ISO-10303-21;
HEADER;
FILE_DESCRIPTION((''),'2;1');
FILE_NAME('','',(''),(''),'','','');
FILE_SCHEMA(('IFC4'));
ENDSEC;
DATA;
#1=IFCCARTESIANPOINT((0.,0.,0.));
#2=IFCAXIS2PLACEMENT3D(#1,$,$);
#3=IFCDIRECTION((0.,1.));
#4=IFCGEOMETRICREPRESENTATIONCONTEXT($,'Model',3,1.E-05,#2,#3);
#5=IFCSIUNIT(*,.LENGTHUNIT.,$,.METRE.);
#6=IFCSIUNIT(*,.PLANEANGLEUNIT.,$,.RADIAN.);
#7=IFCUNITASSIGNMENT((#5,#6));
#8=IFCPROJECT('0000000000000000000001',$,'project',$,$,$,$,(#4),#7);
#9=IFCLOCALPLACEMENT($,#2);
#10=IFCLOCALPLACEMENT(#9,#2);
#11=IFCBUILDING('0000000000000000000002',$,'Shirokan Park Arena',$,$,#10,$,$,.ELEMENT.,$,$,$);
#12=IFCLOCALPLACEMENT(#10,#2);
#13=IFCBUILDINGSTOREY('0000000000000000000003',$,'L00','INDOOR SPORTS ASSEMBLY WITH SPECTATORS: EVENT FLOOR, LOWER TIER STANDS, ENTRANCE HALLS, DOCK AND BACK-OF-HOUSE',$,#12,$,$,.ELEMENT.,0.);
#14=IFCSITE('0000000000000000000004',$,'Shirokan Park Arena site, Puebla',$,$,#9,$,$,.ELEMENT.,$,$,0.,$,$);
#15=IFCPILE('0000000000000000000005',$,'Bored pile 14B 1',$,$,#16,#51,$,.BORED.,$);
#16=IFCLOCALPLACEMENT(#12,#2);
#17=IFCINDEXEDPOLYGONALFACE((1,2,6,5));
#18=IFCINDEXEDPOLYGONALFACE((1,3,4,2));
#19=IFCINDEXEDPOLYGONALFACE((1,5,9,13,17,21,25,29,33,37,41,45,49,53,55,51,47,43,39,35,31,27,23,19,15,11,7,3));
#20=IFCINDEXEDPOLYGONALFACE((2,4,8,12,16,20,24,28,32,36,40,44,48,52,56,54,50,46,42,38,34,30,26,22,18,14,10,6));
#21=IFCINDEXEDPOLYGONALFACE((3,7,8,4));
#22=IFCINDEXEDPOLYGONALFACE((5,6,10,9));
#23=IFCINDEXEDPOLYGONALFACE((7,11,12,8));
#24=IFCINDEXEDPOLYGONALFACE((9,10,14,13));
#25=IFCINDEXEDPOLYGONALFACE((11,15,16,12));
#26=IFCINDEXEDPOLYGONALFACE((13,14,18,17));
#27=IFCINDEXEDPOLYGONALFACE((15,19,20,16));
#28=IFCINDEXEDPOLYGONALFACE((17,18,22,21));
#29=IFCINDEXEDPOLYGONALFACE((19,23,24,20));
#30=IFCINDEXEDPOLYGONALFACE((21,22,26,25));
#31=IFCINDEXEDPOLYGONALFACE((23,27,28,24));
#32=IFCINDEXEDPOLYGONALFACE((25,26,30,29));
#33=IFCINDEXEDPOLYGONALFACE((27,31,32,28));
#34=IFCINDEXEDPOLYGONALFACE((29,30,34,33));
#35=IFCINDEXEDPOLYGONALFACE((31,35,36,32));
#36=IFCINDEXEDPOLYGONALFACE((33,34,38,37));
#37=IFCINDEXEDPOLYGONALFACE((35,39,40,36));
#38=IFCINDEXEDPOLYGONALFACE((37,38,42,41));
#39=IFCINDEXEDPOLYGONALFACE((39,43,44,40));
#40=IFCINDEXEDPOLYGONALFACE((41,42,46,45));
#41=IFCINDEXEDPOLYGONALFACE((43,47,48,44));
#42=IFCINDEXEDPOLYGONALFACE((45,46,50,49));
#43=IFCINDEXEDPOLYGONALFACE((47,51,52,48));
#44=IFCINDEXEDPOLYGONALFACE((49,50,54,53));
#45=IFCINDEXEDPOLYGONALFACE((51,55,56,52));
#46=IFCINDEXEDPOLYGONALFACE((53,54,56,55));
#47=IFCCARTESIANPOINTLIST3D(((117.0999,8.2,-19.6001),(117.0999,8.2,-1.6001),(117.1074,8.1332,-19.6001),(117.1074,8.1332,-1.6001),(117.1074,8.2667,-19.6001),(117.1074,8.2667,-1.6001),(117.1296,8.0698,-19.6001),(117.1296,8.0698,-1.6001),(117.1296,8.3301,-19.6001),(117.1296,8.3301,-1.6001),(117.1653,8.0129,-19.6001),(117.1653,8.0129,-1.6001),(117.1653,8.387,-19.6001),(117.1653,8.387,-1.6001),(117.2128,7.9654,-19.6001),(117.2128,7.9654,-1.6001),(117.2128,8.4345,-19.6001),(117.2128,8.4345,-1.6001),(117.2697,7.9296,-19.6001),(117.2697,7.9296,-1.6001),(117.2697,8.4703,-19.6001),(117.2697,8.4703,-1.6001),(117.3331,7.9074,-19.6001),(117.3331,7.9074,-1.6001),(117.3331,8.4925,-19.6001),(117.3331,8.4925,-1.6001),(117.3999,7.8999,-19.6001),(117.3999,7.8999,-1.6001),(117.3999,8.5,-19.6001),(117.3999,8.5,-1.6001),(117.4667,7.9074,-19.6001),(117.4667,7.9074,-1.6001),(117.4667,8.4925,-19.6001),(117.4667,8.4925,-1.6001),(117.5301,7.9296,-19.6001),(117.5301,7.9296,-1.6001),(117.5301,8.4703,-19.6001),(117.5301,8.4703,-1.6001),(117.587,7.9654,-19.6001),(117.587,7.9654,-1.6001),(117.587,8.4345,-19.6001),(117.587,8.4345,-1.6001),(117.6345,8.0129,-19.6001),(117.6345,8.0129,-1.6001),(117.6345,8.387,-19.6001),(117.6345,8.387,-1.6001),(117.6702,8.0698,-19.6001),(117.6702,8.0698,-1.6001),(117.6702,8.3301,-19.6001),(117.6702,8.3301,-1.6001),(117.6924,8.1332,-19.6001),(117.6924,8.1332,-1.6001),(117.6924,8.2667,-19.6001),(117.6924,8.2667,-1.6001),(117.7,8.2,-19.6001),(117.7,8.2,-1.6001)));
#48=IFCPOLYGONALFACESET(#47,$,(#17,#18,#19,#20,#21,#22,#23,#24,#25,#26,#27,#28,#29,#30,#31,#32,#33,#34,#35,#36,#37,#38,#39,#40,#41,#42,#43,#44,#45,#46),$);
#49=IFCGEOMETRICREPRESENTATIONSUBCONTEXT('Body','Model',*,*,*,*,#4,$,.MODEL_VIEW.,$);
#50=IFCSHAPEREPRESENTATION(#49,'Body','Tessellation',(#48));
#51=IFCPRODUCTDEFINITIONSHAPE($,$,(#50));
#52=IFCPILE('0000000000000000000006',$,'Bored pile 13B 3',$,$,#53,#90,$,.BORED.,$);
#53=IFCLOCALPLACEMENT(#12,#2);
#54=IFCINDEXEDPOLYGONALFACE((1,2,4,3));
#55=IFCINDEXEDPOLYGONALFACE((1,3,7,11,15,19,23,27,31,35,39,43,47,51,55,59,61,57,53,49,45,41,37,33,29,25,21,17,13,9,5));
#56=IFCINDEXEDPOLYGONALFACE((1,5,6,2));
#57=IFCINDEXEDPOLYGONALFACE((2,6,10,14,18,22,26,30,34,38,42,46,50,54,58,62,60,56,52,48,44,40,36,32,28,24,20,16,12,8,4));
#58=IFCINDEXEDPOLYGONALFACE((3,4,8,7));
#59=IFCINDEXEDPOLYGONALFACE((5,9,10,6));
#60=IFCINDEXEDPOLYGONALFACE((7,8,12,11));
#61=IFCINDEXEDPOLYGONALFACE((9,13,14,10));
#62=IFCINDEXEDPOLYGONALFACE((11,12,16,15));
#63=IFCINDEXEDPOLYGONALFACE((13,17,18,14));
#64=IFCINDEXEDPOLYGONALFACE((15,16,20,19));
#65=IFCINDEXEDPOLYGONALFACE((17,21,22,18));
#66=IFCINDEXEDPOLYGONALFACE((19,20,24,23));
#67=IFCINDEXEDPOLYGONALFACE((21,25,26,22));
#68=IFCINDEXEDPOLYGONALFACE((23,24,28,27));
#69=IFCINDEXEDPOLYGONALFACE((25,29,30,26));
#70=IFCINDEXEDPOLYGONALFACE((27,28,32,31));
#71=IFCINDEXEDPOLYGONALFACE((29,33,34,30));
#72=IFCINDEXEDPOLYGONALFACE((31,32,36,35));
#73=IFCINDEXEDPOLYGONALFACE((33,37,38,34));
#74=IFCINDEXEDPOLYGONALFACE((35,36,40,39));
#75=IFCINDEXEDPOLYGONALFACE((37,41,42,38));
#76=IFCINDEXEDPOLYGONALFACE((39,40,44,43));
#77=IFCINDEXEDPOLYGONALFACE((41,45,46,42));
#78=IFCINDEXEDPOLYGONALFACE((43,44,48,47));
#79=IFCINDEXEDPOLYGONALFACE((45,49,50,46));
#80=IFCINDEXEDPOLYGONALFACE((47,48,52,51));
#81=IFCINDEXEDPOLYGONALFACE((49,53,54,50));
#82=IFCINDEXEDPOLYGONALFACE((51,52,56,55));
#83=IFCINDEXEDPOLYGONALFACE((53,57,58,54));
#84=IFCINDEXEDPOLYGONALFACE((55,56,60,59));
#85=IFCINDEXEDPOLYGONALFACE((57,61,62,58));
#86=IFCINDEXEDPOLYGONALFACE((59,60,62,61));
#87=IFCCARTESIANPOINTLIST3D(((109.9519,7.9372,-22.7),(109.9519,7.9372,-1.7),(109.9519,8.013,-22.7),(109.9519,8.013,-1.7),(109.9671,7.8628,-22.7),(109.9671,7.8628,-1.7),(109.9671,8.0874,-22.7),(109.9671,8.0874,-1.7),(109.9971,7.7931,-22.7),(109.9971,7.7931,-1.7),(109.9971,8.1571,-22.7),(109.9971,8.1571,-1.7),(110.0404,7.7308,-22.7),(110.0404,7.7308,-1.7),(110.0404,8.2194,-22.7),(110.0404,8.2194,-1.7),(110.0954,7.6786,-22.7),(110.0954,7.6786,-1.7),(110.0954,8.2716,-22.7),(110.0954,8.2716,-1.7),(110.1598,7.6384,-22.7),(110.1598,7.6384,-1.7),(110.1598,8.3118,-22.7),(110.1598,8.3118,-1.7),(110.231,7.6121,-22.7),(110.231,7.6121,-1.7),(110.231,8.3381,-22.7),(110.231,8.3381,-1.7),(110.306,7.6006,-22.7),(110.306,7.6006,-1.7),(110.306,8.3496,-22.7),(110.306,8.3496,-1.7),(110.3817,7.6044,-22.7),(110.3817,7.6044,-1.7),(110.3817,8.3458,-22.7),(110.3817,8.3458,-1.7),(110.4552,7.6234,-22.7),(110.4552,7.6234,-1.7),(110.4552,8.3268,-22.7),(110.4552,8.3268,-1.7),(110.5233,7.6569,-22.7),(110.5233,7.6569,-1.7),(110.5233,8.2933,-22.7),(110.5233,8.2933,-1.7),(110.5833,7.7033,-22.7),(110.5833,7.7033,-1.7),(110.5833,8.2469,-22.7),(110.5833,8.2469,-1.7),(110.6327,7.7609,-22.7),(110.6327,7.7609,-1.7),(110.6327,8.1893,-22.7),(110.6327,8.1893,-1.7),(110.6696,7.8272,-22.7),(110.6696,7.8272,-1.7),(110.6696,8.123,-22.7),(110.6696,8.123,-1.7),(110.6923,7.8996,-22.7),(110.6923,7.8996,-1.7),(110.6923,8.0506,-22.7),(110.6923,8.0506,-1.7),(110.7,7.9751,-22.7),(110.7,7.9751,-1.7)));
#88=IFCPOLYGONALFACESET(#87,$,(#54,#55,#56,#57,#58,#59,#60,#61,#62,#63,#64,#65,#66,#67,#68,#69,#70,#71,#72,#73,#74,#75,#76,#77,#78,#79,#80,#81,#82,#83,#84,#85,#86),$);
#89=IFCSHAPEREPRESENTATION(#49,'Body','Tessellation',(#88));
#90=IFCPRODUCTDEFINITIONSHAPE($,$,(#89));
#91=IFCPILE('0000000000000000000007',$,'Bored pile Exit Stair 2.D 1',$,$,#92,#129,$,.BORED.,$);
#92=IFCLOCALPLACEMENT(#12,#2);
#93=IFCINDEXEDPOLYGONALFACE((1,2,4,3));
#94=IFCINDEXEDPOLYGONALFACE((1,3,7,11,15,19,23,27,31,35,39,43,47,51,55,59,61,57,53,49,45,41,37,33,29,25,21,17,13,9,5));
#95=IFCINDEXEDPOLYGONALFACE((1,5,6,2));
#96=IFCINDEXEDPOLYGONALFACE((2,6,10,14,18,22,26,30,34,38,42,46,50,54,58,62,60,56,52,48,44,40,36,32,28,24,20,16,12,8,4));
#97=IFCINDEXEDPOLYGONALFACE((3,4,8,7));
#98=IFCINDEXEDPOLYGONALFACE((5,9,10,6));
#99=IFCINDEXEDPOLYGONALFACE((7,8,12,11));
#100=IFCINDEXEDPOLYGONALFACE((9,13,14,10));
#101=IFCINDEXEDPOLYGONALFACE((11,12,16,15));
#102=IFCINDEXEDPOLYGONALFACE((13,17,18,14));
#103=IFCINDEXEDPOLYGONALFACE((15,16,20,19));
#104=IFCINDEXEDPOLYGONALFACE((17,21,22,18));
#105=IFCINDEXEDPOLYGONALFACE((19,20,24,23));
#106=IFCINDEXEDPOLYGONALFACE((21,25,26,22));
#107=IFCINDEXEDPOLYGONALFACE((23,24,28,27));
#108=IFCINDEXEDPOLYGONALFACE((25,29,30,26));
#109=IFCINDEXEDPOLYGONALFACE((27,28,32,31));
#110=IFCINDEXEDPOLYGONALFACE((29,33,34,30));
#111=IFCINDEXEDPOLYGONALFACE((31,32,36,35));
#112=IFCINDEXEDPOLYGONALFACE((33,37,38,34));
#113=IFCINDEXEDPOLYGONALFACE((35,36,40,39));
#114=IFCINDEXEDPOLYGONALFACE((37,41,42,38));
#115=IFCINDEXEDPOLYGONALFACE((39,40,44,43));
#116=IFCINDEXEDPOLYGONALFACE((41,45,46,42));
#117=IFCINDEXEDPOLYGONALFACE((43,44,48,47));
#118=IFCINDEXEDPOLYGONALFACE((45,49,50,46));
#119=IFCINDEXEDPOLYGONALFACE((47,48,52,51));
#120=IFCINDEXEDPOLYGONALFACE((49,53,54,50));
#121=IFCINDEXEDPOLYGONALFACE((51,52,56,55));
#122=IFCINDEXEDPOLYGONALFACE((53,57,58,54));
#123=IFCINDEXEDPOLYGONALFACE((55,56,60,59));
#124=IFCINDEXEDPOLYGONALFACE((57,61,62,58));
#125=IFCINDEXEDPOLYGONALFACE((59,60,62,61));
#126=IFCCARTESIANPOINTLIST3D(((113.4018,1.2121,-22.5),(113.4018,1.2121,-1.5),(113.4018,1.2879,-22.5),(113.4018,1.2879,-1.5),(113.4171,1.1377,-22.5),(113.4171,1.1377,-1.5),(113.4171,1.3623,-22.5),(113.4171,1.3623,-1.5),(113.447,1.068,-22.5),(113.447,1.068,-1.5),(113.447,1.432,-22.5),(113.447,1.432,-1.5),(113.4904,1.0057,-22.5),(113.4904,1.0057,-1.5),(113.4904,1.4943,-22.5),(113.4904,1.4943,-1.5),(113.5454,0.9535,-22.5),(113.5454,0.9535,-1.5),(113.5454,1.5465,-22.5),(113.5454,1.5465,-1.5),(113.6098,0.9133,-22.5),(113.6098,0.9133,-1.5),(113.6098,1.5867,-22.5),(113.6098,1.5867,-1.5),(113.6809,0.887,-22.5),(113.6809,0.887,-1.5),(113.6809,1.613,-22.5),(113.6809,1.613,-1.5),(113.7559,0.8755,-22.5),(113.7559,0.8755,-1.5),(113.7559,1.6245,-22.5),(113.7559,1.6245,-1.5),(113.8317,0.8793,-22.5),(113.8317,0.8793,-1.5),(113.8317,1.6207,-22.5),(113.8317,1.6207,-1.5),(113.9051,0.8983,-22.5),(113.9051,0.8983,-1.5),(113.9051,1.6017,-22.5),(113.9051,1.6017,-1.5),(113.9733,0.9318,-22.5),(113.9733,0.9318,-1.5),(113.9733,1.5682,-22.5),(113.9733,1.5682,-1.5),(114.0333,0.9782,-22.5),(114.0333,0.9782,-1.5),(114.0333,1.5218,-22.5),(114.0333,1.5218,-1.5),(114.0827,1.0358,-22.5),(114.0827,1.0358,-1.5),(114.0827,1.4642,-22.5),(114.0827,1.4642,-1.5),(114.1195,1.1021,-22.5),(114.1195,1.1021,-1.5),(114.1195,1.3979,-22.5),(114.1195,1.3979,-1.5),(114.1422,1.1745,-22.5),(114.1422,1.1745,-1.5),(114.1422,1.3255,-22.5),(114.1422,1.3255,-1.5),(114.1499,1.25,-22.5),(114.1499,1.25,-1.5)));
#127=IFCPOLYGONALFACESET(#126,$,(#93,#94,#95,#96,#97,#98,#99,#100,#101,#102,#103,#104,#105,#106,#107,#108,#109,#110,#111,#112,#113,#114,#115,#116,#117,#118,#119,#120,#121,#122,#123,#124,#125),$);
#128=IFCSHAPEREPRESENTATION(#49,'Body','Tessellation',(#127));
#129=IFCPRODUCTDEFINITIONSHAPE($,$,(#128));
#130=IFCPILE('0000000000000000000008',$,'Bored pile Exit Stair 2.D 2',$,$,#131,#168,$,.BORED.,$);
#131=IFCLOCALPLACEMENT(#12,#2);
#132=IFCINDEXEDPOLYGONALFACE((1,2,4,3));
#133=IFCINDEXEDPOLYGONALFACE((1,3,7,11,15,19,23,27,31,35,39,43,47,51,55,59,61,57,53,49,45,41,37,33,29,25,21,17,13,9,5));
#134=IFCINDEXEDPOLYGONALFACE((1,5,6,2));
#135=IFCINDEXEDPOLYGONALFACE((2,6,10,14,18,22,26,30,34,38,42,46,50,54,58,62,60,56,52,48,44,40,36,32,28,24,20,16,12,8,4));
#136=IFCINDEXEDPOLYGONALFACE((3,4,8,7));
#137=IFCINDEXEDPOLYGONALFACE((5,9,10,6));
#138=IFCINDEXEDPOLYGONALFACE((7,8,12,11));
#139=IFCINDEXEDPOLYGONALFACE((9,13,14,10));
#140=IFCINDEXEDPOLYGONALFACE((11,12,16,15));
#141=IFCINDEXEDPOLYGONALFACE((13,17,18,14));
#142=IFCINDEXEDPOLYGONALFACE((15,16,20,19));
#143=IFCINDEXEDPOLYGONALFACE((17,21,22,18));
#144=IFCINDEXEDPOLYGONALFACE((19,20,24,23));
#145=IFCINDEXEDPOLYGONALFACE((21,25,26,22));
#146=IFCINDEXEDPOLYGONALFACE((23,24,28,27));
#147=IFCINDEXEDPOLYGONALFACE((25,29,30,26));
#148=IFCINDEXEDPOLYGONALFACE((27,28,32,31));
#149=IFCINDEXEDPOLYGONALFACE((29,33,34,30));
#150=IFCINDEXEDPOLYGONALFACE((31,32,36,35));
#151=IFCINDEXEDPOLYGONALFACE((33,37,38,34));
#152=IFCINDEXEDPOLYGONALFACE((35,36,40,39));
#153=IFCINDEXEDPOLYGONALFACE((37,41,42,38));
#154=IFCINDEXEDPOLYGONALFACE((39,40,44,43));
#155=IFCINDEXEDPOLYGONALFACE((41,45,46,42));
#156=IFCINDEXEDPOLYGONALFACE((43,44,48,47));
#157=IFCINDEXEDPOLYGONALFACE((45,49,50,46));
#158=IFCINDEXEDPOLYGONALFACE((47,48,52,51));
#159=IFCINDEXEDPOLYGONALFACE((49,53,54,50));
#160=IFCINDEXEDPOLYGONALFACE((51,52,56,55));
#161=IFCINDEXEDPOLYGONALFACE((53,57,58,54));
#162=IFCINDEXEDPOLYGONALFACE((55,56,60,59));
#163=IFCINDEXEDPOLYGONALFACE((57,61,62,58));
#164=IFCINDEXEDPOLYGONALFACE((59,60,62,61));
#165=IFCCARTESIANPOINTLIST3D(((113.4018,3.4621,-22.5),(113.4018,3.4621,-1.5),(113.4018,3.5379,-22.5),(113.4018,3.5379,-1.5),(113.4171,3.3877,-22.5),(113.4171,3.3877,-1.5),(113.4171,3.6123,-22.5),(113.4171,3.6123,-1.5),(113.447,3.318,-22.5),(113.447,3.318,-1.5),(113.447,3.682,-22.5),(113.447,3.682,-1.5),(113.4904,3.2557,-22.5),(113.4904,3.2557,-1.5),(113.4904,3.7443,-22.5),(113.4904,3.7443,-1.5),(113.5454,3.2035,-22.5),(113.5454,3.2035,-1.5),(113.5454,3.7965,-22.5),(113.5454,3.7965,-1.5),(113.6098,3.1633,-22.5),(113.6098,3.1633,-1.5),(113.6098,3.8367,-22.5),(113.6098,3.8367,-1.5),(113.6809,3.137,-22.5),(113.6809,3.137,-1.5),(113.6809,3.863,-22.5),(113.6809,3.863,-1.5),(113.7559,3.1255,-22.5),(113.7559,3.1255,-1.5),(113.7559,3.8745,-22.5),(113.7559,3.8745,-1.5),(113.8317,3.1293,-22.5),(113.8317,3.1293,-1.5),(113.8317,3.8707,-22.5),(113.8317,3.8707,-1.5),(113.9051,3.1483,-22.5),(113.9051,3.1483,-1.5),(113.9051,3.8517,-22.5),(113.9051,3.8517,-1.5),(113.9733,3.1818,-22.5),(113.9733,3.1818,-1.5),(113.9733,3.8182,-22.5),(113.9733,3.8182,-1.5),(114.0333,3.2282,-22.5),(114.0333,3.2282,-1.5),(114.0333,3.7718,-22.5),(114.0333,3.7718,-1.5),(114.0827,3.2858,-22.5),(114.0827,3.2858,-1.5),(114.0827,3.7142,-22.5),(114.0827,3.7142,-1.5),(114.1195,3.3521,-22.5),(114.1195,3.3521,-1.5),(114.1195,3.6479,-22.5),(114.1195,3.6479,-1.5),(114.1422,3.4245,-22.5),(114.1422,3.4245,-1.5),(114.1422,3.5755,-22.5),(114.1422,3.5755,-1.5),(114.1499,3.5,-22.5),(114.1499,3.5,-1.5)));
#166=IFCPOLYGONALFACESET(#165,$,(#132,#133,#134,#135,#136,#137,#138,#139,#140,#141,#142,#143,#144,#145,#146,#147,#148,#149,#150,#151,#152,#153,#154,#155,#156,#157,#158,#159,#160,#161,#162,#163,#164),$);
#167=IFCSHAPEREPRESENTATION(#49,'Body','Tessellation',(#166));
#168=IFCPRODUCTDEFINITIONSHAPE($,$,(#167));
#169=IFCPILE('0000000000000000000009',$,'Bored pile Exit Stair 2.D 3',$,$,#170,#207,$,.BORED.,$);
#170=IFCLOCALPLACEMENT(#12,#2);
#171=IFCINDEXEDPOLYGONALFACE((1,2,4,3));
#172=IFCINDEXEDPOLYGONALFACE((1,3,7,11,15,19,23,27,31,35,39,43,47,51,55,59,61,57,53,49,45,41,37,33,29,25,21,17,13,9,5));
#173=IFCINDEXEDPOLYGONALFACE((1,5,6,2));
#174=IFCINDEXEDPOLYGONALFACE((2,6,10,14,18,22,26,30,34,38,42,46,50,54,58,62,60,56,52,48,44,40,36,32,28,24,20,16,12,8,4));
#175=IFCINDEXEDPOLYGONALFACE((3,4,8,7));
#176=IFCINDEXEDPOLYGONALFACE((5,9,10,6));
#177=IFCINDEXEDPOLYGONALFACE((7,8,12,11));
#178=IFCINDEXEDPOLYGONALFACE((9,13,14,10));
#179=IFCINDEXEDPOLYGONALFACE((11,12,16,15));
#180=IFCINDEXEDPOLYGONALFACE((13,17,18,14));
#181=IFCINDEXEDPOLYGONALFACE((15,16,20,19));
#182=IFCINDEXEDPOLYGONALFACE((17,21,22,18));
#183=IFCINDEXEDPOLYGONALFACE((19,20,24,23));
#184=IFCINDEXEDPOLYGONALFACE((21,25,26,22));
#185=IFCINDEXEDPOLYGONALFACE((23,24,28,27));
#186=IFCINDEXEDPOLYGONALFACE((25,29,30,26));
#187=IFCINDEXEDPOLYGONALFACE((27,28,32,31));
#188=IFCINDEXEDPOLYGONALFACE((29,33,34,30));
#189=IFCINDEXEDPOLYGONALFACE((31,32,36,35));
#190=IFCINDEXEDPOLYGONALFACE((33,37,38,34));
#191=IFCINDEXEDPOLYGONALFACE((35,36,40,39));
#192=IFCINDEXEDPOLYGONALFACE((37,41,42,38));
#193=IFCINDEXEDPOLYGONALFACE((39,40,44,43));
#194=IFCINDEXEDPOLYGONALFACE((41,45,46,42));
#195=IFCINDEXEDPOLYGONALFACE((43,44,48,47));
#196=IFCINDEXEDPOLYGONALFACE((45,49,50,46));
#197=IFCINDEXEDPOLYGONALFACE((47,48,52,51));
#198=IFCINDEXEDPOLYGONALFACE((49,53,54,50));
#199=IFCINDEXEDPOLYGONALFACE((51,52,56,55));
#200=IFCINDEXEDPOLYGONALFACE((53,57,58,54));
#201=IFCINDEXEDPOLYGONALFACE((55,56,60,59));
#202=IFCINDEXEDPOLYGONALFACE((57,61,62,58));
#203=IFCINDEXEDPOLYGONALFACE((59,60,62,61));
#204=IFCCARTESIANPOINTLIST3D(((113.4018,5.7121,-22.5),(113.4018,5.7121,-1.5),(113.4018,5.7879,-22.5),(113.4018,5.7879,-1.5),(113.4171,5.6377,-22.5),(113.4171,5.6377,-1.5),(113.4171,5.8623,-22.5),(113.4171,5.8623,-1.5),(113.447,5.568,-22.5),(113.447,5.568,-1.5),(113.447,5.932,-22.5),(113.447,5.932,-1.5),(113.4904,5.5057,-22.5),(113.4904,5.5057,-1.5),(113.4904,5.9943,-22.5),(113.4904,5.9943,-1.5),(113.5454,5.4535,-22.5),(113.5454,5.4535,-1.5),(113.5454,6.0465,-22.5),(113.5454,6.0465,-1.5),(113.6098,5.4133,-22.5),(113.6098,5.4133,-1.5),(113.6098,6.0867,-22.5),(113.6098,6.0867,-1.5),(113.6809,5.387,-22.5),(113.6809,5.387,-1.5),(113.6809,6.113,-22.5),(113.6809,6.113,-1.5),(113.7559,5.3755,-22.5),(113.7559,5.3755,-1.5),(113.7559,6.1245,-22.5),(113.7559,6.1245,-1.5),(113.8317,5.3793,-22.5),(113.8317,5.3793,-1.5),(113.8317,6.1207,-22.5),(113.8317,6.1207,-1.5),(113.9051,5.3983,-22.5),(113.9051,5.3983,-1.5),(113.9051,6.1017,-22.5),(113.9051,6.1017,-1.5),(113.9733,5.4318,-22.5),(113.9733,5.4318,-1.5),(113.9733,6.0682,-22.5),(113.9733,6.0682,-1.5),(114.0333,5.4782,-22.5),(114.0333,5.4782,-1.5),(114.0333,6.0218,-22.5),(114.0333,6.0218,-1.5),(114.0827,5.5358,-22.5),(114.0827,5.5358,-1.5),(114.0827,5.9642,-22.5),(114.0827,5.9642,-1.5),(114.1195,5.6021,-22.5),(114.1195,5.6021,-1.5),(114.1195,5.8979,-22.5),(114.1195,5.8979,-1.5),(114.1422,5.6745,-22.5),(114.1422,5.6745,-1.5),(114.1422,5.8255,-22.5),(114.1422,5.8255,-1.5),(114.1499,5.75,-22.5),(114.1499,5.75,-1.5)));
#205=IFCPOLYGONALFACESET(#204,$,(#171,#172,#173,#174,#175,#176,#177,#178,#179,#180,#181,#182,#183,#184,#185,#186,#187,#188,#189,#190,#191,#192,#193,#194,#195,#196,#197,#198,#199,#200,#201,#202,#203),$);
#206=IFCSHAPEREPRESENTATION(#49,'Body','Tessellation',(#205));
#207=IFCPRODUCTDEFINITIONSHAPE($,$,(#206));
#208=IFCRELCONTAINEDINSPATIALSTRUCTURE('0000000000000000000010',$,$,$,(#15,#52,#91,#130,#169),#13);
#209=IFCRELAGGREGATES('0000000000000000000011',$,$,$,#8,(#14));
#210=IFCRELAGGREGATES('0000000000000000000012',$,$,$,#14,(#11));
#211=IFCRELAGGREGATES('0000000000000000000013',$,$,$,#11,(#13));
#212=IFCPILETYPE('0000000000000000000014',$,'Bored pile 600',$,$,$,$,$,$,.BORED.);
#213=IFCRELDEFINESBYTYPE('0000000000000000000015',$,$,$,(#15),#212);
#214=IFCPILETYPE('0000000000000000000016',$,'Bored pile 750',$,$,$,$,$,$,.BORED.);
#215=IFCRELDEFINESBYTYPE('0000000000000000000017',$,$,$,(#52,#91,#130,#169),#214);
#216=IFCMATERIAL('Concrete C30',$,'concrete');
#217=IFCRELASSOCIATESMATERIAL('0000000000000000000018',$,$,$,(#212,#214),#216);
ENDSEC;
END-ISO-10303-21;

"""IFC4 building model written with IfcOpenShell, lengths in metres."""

from ifc_helpers import new_model, si_unit, direction, frame, origin, origin_2d, place, context, subcontext, project, spatial, circle, extrude, material, material_profile, profile_set, type_object, element, save


model = new_model("IFC4")

# Units and contexts
model_context = context("Model", 3, precision=1e-05, world=origin(), true_north=direction((0.0, 1.0)))
body_context = subcontext(model_context, "Body", "Model", "MODEL_VIEW")
ifc_project = project(units=[si_unit("LENGTHUNIT", "METRE"), si_unit("PLANEANGLEUNIT", "RADIAN")], contexts=[model_context])

# Site, building, storey
site_placement = place(None, origin())
site = spatial("IfcSite", under=ifc_project, at=site_placement, Name="Shirokan Park Arena site, Puebla", CompositionType="ELEMENT", RefElevation=0.0)
building_placement = place(site_placement, origin())
building = spatial("IfcBuilding", under=site, at=building_placement, Name="Shirokan Park Arena", CompositionType="ELEMENT")
storey_placement = place(building_placement, origin())
storey = spatial("IfcBuildingStorey", under=building, at=storey_placement, Name="L00", Description="INDOOR SPORTS ASSEMBLY WITH SPECTATORS: EVENT FLOOR, LOWER TIER STANDS, ENTRANCE HALLS, DOCK AND BACK-OF-HOUSE", CompositionType="ELEMENT", Elevation=0.0)

# Piles
ifc_material_1 = material(Name="Concrete C30", Category="concrete")
ifc_material_profile_1 = material_profile(ifc_material_1, circle(Radius=0.3, at=origin_2d()), Name="D600")
ifc_profile_set_1 = profile_set([ifc_material_profile_1], Name="Concrete C30")
pile_type_1 = type_object("IfcPileType", Name="Bored pile 600", PredefinedType="BORED", material=ifc_profile_set_1)
pile_placement = place(storey_placement, frame((117.3999, 8.2, -1.6001), z_axis=(0.0, 0.0, -1.0), x_axis=(1.0, 0.0, 0.0)))
element("IfcPile", 1, at=pile_placement, inside=storey, type_object=pile_type_1, Name="Bored pile 14B 1", PredefinedType="BORED", context=body_context, shape_type="SweptSolid", body=[
    extrude(circle(Radius=0.3, at=origin_2d()), origin(), (0.0, 0.0, 1.0), 18.0),
])
ifc_material_profile_2 = material_profile(ifc_material_1, circle(Radius=0.375, at=origin_2d()), Name="D750")
ifc_profile_set_2 = profile_set([ifc_material_profile_2], Name="Concrete C30")
pile_type_2 = type_object("IfcPileType", Name="Bored pile 750", PredefinedType="BORED", material=ifc_profile_set_2)
for number, where, z_axis, x_axis, name in (
    (2, (110.325, 7.9751, -1.7), (0.0, 0.0, -1.0), (1.0, 0.0, 0.0), "Bored pile 13B 3"),
    (3, (113.7749, 1.25, -1.5), (0.0, 0.0, -1.0), (1.0, 0.0, 0.0), "Bored pile Exit Stair 2.D 1"),
    (4, (113.7749, 3.5, -1.5), (0.0, 0.0, -1.0), (1.0, 0.0, 0.0), "Bored pile Exit Stair 2.D 2"),
    (5, (113.7749, 5.75, -1.5), (0.0, 0.0, -1.0), (1.0, 0.0, 0.0), "Bored pile Exit Stair 2.D 3"),
):
    element("IfcPile", number, at=place(storey_placement, frame(where, z_axis=z_axis, x_axis=x_axis)), inside=storey, type_object=pile_type_2, Name=name, PredefinedType="BORED", context=body_context, shape_type="SweptSolid", body=[
        extrude(circle(Radius=0.375, at=origin_2d()), origin(), (0.0, 0.0, 1.0), 21.0),
    ])

save(model, "model.ifc")
